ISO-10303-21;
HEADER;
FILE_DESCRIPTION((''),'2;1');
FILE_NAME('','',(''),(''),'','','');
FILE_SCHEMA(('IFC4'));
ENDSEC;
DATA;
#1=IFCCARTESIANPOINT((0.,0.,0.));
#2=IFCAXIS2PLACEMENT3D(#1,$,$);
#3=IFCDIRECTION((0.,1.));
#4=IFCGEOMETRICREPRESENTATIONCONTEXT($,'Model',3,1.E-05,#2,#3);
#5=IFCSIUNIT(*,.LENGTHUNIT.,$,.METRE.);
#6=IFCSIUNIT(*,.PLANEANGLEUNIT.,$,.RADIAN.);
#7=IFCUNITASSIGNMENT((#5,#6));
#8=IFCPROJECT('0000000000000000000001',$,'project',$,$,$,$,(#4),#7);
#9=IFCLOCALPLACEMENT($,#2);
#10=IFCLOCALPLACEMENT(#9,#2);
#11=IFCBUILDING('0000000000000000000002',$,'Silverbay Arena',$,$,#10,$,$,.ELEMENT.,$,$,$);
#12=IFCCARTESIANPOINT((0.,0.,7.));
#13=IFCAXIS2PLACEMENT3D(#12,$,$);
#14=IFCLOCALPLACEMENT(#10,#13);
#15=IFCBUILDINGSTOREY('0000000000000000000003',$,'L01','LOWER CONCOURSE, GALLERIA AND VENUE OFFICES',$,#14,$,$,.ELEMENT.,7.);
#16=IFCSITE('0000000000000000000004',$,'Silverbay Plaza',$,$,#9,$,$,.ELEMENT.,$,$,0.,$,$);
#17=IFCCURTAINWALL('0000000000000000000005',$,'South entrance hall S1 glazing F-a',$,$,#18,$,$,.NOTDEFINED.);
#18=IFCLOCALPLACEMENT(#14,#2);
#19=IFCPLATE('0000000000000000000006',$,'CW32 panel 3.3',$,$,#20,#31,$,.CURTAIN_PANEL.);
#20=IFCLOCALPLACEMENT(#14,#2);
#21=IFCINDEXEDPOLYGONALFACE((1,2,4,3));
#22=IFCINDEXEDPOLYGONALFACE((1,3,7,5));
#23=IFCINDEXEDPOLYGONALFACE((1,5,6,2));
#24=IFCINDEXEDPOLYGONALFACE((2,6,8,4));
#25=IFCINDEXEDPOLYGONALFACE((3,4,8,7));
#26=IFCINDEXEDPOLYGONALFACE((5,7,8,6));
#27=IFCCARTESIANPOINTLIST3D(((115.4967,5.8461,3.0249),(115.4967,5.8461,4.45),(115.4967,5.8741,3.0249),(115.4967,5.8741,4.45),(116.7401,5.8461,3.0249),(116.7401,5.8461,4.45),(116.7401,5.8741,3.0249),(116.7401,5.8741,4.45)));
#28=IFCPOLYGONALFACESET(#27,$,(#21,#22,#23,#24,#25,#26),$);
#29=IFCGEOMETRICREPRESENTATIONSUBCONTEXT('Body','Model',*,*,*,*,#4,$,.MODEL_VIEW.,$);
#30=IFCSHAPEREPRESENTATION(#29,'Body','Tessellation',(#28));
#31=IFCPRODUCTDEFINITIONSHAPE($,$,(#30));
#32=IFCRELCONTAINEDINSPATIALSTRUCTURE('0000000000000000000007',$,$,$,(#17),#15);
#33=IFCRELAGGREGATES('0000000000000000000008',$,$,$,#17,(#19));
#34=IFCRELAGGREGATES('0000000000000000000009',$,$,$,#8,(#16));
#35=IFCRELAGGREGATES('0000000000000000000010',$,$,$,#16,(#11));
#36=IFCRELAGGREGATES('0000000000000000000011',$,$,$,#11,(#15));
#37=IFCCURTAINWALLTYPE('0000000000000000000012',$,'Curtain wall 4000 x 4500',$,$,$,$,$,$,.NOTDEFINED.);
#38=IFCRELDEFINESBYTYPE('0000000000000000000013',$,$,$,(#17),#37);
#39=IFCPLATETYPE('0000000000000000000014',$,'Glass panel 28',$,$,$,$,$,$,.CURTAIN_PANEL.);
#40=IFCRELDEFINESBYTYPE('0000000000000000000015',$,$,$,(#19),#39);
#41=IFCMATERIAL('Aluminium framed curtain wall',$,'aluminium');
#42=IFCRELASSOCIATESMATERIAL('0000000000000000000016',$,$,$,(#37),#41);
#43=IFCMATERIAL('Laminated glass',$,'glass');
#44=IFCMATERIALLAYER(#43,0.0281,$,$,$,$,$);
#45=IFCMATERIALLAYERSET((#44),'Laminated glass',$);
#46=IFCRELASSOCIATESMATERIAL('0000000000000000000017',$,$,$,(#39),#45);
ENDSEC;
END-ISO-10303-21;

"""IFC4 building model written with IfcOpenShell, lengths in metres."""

from ifc_helpers import new_model, si_unit, direction, frame, origin, origin_2d, place, context, subcontext, project, spatial, rectangle, extrude, material, layer, layer_set, type_object, element, aggregate, save


model = new_model("IFC4")

# Units and contexts
model_context = context("Model", 3, precision=1e-05, world=origin(), true_north=direction((0.0, 1.0)))
body_context = subcontext(model_context, "Body", "Model", "MODEL_VIEW")
ifc_project = project(units=[si_unit("LENGTHUNIT", "METRE"), si_unit("PLANEANGLEUNIT", "RADIAN")], contexts=[model_context])

# Site, building, storey
site_placement = place(None, origin())
site = spatial("IfcSite", under=ifc_project, at=site_placement, Name="Silverbay Plaza", CompositionType="ELEMENT", RefElevation=0.0)
building_placement = place(site_placement, origin())
building = spatial("IfcBuilding", under=site, at=building_placement, Name="Silverbay Arena", CompositionType="ELEMENT")
storey_placement = place(building_placement, frame((0.0, 0.0, 7.0)))
storey = spatial("IfcBuildingStorey", under=building, at=storey_placement, Name="L01", Description="LOWER CONCOURSE, GALLERIA AND VENUE OFFICES", CompositionType="ELEMENT", Elevation=7.0)

# Curtain wall
ifc_material_1 = material(Name="Aluminium framed curtain wall", Category="aluminium")
curtain_wall_type_1 = type_object("IfcCurtainWallType", Name="Curtain wall 4000 x 4500", PredefinedType="NOTDEFINED", material=ifc_material_1)
curtain_wall_1_placement = place(storey_placement, origin())
curtain_wall_1 = element("IfcCurtainWall", 1, at=curtain_wall_1_placement, inside=storey, type_object=curtain_wall_type_1, Name="South entrance hall S1 glazing F-a", PredefinedType="NOTDEFINED")

# Plate
ifc_material_2 = material(Name="Laminated glass", Category="glass")
ifc_layer = layer(ifc_material_2, 0.0281)
ifc_layer_set = layer_set([ifc_layer], Name="Laminated glass")
plate_type = type_object("IfcPlateType", Name="Glass panel 28", PredefinedType="CURTAIN_PANEL", material=ifc_layer_set)
plate_1_placement = place(storey_placement, frame((116.1184, 5.8601, 3.0249), z_axis=(0.0, 0.0, 1.0), x_axis=(1.0, 0.0, 0.0)))
plate_1 = element("IfcPlate", 2, at=plate_1_placement, type_object=plate_type, Name="CW32 panel 3.3", PredefinedType="CURTAIN_PANEL", context=body_context, shape_type="SweptSolid", body=[
    extrude(rectangle(XDim=1.2434, YDim=0.0281, at=origin_2d()), origin(), (0.0, 0.0, 1.0), 1.425),
])
aggregate(curtain_wall_1, [plate_1])

save(model, "model.ifc")
